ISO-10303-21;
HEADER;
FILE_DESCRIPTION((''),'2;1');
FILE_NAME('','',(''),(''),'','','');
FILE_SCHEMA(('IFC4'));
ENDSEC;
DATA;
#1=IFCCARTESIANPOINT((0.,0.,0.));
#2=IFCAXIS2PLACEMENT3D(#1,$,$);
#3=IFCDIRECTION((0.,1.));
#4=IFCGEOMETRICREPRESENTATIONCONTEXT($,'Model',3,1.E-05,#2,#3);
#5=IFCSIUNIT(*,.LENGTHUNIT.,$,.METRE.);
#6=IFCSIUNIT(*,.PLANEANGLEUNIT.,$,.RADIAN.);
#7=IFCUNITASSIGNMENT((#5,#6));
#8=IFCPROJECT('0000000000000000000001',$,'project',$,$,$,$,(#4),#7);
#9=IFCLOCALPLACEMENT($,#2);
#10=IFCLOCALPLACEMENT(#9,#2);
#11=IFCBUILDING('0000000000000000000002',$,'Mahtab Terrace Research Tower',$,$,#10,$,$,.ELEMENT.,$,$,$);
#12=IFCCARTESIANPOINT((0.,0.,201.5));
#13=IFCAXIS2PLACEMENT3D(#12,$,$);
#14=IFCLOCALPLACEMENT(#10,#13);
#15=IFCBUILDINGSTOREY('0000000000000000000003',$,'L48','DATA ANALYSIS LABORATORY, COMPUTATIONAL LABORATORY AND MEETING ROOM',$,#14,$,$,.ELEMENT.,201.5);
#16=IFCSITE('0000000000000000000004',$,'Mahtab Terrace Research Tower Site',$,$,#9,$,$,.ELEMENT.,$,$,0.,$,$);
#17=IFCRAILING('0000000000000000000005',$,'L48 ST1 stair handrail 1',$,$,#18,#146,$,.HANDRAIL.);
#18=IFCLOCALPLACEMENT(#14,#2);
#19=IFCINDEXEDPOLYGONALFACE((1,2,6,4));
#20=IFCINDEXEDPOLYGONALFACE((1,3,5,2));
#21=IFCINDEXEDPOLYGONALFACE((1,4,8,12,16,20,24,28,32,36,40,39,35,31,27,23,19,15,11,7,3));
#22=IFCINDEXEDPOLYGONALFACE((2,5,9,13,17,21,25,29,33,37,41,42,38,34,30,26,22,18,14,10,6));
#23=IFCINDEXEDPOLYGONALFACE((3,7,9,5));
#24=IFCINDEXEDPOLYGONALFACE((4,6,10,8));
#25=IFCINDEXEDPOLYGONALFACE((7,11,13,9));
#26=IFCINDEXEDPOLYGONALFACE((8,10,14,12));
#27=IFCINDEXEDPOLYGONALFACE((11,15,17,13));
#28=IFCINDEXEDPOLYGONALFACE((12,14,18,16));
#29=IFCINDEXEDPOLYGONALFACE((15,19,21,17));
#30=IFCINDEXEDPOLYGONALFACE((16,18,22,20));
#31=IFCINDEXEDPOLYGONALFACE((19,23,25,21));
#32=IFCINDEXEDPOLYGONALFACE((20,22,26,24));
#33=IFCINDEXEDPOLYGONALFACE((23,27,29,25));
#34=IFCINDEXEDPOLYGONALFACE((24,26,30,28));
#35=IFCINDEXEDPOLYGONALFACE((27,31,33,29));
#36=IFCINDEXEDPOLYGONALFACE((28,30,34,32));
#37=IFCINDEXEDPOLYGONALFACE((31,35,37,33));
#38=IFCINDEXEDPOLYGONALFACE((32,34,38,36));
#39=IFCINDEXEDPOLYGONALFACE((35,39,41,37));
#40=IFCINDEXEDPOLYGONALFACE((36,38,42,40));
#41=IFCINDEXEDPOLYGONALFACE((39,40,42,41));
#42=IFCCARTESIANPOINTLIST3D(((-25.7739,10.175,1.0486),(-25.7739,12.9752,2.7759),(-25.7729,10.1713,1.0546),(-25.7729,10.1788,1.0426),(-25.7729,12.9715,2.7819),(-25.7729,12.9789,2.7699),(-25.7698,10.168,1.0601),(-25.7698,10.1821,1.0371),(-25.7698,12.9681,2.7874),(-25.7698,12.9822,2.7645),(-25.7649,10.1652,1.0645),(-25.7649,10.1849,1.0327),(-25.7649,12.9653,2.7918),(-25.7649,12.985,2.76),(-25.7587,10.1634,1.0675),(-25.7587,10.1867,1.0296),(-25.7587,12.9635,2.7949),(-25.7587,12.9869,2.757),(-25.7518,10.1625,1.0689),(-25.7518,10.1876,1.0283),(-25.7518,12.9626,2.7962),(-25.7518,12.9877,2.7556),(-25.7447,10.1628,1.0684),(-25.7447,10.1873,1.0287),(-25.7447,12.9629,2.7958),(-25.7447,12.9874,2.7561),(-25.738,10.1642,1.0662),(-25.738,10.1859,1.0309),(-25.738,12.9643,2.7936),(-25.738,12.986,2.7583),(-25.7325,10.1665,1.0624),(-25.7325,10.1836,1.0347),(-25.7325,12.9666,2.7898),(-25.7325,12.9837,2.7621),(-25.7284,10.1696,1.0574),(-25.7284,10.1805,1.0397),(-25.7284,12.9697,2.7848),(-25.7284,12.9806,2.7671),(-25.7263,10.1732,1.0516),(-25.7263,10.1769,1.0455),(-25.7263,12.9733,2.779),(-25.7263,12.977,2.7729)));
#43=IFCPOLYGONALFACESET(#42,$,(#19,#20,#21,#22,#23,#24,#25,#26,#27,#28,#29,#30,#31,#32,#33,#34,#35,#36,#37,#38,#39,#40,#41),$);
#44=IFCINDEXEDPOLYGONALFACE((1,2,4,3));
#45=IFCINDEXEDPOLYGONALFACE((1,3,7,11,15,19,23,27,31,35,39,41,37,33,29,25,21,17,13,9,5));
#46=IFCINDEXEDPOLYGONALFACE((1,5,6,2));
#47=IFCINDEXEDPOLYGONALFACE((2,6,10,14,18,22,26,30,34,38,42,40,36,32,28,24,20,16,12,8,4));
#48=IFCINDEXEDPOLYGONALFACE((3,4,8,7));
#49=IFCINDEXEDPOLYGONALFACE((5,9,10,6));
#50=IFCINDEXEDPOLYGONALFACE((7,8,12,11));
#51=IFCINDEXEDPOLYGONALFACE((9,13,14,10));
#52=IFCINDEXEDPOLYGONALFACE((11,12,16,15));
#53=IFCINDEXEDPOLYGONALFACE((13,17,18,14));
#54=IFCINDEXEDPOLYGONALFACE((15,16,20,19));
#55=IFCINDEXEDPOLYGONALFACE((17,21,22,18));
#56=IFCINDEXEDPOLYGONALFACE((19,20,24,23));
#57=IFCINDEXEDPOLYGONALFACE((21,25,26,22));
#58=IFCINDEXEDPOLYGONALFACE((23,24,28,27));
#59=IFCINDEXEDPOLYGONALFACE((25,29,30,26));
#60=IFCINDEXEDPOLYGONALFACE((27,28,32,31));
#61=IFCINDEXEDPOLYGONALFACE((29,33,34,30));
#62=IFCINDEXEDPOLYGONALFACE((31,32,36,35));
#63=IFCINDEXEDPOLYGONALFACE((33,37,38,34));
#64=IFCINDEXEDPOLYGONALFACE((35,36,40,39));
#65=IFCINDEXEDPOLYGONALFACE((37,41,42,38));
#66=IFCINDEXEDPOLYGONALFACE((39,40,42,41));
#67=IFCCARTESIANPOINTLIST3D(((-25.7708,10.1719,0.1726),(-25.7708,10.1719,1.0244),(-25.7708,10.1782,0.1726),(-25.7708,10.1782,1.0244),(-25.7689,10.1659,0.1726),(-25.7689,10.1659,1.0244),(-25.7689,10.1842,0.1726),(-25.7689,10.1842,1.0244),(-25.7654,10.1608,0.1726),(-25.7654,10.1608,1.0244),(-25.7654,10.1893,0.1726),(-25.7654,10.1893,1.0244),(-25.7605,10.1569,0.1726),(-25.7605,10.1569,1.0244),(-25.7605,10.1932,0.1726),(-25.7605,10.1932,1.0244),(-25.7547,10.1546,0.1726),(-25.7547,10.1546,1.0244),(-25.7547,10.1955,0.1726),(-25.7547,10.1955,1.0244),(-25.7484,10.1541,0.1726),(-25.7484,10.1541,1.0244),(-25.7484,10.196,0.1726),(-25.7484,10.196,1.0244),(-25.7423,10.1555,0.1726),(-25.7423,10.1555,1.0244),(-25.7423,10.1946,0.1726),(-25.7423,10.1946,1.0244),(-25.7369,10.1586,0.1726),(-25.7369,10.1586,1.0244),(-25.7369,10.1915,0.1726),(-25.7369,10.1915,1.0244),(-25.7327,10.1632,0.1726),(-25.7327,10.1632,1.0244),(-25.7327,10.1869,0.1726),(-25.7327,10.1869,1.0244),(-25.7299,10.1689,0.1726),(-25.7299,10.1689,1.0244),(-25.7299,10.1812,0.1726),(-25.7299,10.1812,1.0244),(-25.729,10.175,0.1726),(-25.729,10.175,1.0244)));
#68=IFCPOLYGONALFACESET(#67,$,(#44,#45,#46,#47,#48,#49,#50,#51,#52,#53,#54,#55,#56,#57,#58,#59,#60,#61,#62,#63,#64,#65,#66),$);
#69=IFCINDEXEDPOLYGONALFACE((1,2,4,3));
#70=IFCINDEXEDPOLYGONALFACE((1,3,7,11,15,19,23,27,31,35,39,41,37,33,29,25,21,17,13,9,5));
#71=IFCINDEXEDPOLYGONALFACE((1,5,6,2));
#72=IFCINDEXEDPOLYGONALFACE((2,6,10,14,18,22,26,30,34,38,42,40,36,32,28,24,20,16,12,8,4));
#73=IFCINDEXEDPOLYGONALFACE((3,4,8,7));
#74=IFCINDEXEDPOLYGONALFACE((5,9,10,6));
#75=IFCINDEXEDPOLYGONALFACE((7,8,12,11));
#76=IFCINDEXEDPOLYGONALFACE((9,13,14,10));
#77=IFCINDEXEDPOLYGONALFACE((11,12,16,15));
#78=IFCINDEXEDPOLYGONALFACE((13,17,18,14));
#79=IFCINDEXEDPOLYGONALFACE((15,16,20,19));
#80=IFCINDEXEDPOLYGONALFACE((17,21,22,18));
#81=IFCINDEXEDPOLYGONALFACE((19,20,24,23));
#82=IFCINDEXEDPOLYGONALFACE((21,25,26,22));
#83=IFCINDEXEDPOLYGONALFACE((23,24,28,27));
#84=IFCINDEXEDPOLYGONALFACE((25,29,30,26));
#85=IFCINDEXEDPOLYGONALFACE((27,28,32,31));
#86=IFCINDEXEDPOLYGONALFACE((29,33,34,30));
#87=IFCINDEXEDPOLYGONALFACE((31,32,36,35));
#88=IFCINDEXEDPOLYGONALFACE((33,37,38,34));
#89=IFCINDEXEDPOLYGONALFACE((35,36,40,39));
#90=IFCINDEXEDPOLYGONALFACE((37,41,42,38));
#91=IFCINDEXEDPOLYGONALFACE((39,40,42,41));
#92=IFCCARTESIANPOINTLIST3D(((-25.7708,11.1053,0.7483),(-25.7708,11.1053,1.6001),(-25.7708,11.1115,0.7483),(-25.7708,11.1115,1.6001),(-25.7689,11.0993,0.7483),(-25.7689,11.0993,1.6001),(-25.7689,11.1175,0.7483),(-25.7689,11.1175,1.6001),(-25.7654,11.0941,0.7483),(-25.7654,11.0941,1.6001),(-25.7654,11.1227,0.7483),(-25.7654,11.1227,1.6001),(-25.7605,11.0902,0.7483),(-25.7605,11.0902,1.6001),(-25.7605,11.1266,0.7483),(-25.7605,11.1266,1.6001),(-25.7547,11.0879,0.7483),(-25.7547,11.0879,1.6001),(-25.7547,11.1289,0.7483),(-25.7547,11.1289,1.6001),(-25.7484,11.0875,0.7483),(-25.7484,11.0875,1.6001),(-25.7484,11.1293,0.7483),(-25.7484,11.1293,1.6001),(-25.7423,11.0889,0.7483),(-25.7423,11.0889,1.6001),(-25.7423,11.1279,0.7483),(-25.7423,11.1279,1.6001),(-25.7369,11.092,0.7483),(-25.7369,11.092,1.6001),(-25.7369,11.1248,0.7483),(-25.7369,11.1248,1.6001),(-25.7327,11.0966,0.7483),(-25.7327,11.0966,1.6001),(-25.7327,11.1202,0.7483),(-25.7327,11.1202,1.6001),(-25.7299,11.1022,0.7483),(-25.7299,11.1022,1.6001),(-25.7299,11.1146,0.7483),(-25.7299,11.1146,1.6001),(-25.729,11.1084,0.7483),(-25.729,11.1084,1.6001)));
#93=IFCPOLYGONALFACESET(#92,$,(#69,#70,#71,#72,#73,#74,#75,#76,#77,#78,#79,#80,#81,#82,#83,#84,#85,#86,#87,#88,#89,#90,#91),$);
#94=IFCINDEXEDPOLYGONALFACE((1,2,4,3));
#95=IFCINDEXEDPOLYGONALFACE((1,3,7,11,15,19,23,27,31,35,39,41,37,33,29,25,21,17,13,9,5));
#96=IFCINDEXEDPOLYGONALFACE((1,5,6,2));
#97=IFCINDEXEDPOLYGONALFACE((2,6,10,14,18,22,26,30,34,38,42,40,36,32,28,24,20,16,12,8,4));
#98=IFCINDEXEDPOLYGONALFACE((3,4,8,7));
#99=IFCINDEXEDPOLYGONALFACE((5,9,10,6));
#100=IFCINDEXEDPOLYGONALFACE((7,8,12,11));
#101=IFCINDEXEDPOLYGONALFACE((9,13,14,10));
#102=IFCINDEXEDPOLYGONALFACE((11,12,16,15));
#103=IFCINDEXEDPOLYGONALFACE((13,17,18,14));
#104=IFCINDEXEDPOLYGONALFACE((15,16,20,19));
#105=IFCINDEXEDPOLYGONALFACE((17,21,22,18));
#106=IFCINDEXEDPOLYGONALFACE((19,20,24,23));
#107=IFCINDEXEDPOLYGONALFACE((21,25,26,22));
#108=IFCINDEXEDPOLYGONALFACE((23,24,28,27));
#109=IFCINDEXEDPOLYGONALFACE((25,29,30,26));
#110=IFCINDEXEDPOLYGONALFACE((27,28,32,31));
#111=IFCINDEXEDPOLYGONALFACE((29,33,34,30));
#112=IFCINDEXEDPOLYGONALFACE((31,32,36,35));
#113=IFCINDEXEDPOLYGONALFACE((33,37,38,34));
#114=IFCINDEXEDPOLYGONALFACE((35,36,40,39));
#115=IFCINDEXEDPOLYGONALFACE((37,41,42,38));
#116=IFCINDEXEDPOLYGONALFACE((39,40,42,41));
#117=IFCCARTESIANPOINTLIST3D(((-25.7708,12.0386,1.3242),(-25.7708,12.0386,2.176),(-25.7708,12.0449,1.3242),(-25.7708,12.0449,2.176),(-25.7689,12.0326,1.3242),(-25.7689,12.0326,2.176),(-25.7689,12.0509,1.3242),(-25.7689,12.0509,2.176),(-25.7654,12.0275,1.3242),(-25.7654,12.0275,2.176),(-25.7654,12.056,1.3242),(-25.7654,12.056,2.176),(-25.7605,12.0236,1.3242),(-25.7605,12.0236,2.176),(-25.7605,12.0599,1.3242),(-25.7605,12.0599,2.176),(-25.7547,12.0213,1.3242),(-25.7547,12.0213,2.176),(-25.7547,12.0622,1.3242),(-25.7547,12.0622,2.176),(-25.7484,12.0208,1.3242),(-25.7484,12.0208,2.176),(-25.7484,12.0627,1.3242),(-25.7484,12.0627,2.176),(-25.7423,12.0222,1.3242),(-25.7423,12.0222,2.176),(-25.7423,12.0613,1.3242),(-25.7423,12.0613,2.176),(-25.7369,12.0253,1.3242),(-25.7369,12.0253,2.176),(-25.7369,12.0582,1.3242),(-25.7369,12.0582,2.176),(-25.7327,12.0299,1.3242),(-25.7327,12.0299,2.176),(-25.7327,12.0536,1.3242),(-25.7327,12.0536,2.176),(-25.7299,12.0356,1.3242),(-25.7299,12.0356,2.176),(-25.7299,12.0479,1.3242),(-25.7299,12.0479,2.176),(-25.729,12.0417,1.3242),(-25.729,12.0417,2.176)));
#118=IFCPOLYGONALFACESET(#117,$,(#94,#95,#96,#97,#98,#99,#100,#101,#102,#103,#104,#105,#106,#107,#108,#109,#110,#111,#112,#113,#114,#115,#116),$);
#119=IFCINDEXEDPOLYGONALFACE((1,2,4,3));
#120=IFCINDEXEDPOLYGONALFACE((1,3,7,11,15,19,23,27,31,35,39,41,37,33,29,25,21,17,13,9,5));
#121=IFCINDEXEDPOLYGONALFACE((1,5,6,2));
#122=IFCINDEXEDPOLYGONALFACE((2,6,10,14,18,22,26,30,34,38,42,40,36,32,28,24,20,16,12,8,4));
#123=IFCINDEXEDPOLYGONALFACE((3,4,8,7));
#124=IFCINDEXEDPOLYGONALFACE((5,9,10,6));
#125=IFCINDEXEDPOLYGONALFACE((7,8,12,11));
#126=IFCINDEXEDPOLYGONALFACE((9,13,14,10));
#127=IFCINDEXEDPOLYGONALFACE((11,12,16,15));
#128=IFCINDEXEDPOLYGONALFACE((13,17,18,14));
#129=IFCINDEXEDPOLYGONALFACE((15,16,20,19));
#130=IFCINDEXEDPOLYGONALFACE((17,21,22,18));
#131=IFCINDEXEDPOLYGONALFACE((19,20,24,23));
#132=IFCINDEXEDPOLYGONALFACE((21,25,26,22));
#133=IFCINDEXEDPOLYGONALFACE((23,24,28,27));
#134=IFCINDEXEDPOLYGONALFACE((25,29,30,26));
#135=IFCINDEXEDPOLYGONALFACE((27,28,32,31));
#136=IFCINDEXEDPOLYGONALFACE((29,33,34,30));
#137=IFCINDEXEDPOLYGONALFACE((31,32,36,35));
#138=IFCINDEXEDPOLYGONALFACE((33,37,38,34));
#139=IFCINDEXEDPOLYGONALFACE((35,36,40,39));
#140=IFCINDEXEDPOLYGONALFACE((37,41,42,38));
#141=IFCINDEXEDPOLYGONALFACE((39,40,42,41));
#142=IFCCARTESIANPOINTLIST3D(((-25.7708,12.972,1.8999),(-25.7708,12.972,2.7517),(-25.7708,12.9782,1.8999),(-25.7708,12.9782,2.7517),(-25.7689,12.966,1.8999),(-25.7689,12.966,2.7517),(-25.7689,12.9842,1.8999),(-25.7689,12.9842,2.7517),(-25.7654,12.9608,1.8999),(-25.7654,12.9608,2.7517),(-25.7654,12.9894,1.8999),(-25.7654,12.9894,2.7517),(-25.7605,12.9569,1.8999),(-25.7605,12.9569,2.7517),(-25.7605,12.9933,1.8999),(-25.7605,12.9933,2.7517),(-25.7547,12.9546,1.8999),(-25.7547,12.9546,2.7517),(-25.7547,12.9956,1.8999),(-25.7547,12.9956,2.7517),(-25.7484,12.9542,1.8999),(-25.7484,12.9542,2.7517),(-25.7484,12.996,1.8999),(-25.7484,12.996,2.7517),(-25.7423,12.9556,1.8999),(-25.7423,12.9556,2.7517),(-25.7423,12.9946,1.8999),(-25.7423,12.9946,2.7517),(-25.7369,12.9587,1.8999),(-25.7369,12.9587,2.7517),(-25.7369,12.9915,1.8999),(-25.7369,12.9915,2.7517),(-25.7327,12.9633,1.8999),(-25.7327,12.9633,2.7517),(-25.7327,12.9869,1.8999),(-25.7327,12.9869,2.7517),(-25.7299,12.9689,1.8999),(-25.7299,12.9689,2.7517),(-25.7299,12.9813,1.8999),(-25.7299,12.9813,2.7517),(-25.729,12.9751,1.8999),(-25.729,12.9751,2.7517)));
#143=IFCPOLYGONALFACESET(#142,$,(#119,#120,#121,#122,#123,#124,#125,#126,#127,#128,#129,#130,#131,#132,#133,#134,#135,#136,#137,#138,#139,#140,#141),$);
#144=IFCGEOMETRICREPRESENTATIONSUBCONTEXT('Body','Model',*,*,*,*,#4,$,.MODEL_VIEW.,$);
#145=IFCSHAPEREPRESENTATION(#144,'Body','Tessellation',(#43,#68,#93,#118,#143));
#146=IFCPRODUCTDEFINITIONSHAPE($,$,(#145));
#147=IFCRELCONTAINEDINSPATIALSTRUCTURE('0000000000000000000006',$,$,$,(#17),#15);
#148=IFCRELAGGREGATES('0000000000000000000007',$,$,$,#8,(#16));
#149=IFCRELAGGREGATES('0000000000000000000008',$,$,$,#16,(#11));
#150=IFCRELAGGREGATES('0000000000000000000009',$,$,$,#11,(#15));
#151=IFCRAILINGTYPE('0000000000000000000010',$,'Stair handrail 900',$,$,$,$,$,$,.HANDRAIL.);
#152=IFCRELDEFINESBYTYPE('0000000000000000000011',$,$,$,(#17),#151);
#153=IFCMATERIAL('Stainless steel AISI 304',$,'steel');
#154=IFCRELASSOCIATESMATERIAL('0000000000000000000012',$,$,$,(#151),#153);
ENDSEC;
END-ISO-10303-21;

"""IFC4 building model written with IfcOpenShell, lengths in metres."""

from ifc_helpers import new_model, si_unit, direction, frame, origin, origin_2d, place, context, subcontext, project, spatial, circle, extrude, material, type_object, element, save


model = new_model("IFC4")

# Units and contexts
model_context = context("Model", 3, precision=1e-05, world=origin(), true_north=direction((0.0, 1.0)))
body_context = subcontext(model_context, "Body", "Model", "MODEL_VIEW")
ifc_project = project(units=[si_unit("LENGTHUNIT", "METRE"), si_unit("PLANEANGLEUNIT", "RADIAN")], contexts=[model_context])

# Site, building, storey
site_placement = place(None, origin())
site = spatial("IfcSite", under=ifc_project, at=site_placement, Name="Mahtab Terrace Research Tower Site", CompositionType="ELEMENT", RefElevation=0.0)
building_placement = place(site_placement, origin())
building = spatial("IfcBuilding", under=site, at=building_placement, Name="Mahtab Terrace Research Tower", CompositionType="ELEMENT")
storey_placement = place(building_placement, frame((0.0, 0.0, 201.5)))
storey = spatial("IfcBuildingStorey", under=building, at=storey_placement, Name="L48", Description="DATA ANALYSIS LABORATORY, COMPUTATIONAL LABORATORY AND MEETING ROOM", CompositionType="ELEMENT", Elevation=201.5)

# Railing
ifc_material_1 = material(Name="Stainless steel AISI 304", Category="steel")
railing_type_1 = type_object("IfcRailingType", Name="Stair handrail 900", PredefinedType="HANDRAIL", material=ifc_material_1)
railing_1_placement = place(storey_placement, frame((-25.75, 10.175, 0.1726)))
element("IfcRailing", 1, at=railing_1_placement, inside=storey, type_object=railing_type_1, Name="L48 ST1 stair handrail 1", PredefinedType="HANDRAIL", context=body_context, shape_type="SweptSolid", body=[
    extrude(circle(Radius=0.0239, at=origin_2d()), frame((0.0, 0.0, 0.876), z_axis=(0.0, 0.85109, 0.52502), x_axis=(-1.0, 0.0, 0.0)), (0.0, 0.0, 1.0), 3.29),
    extrude(circle(Radius=0.021, at=origin_2d()), origin(), (0.0, 0.0, 1.0), 0.8518),
    extrude(circle(Radius=0.021, at=origin_2d()), frame((0.0, 0.9333, 0.5757)), (0.0, 0.0, 1.0), 0.8518),
    extrude(circle(Radius=0.021, at=origin_2d()), frame((0.0, 1.8667, 1.1516)), (0.0, 0.0, 1.0), 0.8518),
    extrude(circle(Radius=0.021, at=origin_2d()), frame((0.0, 2.8, 1.7273)), (0.0, 0.0, 1.0), 0.8518),
])

save(model, "model.ifc")
